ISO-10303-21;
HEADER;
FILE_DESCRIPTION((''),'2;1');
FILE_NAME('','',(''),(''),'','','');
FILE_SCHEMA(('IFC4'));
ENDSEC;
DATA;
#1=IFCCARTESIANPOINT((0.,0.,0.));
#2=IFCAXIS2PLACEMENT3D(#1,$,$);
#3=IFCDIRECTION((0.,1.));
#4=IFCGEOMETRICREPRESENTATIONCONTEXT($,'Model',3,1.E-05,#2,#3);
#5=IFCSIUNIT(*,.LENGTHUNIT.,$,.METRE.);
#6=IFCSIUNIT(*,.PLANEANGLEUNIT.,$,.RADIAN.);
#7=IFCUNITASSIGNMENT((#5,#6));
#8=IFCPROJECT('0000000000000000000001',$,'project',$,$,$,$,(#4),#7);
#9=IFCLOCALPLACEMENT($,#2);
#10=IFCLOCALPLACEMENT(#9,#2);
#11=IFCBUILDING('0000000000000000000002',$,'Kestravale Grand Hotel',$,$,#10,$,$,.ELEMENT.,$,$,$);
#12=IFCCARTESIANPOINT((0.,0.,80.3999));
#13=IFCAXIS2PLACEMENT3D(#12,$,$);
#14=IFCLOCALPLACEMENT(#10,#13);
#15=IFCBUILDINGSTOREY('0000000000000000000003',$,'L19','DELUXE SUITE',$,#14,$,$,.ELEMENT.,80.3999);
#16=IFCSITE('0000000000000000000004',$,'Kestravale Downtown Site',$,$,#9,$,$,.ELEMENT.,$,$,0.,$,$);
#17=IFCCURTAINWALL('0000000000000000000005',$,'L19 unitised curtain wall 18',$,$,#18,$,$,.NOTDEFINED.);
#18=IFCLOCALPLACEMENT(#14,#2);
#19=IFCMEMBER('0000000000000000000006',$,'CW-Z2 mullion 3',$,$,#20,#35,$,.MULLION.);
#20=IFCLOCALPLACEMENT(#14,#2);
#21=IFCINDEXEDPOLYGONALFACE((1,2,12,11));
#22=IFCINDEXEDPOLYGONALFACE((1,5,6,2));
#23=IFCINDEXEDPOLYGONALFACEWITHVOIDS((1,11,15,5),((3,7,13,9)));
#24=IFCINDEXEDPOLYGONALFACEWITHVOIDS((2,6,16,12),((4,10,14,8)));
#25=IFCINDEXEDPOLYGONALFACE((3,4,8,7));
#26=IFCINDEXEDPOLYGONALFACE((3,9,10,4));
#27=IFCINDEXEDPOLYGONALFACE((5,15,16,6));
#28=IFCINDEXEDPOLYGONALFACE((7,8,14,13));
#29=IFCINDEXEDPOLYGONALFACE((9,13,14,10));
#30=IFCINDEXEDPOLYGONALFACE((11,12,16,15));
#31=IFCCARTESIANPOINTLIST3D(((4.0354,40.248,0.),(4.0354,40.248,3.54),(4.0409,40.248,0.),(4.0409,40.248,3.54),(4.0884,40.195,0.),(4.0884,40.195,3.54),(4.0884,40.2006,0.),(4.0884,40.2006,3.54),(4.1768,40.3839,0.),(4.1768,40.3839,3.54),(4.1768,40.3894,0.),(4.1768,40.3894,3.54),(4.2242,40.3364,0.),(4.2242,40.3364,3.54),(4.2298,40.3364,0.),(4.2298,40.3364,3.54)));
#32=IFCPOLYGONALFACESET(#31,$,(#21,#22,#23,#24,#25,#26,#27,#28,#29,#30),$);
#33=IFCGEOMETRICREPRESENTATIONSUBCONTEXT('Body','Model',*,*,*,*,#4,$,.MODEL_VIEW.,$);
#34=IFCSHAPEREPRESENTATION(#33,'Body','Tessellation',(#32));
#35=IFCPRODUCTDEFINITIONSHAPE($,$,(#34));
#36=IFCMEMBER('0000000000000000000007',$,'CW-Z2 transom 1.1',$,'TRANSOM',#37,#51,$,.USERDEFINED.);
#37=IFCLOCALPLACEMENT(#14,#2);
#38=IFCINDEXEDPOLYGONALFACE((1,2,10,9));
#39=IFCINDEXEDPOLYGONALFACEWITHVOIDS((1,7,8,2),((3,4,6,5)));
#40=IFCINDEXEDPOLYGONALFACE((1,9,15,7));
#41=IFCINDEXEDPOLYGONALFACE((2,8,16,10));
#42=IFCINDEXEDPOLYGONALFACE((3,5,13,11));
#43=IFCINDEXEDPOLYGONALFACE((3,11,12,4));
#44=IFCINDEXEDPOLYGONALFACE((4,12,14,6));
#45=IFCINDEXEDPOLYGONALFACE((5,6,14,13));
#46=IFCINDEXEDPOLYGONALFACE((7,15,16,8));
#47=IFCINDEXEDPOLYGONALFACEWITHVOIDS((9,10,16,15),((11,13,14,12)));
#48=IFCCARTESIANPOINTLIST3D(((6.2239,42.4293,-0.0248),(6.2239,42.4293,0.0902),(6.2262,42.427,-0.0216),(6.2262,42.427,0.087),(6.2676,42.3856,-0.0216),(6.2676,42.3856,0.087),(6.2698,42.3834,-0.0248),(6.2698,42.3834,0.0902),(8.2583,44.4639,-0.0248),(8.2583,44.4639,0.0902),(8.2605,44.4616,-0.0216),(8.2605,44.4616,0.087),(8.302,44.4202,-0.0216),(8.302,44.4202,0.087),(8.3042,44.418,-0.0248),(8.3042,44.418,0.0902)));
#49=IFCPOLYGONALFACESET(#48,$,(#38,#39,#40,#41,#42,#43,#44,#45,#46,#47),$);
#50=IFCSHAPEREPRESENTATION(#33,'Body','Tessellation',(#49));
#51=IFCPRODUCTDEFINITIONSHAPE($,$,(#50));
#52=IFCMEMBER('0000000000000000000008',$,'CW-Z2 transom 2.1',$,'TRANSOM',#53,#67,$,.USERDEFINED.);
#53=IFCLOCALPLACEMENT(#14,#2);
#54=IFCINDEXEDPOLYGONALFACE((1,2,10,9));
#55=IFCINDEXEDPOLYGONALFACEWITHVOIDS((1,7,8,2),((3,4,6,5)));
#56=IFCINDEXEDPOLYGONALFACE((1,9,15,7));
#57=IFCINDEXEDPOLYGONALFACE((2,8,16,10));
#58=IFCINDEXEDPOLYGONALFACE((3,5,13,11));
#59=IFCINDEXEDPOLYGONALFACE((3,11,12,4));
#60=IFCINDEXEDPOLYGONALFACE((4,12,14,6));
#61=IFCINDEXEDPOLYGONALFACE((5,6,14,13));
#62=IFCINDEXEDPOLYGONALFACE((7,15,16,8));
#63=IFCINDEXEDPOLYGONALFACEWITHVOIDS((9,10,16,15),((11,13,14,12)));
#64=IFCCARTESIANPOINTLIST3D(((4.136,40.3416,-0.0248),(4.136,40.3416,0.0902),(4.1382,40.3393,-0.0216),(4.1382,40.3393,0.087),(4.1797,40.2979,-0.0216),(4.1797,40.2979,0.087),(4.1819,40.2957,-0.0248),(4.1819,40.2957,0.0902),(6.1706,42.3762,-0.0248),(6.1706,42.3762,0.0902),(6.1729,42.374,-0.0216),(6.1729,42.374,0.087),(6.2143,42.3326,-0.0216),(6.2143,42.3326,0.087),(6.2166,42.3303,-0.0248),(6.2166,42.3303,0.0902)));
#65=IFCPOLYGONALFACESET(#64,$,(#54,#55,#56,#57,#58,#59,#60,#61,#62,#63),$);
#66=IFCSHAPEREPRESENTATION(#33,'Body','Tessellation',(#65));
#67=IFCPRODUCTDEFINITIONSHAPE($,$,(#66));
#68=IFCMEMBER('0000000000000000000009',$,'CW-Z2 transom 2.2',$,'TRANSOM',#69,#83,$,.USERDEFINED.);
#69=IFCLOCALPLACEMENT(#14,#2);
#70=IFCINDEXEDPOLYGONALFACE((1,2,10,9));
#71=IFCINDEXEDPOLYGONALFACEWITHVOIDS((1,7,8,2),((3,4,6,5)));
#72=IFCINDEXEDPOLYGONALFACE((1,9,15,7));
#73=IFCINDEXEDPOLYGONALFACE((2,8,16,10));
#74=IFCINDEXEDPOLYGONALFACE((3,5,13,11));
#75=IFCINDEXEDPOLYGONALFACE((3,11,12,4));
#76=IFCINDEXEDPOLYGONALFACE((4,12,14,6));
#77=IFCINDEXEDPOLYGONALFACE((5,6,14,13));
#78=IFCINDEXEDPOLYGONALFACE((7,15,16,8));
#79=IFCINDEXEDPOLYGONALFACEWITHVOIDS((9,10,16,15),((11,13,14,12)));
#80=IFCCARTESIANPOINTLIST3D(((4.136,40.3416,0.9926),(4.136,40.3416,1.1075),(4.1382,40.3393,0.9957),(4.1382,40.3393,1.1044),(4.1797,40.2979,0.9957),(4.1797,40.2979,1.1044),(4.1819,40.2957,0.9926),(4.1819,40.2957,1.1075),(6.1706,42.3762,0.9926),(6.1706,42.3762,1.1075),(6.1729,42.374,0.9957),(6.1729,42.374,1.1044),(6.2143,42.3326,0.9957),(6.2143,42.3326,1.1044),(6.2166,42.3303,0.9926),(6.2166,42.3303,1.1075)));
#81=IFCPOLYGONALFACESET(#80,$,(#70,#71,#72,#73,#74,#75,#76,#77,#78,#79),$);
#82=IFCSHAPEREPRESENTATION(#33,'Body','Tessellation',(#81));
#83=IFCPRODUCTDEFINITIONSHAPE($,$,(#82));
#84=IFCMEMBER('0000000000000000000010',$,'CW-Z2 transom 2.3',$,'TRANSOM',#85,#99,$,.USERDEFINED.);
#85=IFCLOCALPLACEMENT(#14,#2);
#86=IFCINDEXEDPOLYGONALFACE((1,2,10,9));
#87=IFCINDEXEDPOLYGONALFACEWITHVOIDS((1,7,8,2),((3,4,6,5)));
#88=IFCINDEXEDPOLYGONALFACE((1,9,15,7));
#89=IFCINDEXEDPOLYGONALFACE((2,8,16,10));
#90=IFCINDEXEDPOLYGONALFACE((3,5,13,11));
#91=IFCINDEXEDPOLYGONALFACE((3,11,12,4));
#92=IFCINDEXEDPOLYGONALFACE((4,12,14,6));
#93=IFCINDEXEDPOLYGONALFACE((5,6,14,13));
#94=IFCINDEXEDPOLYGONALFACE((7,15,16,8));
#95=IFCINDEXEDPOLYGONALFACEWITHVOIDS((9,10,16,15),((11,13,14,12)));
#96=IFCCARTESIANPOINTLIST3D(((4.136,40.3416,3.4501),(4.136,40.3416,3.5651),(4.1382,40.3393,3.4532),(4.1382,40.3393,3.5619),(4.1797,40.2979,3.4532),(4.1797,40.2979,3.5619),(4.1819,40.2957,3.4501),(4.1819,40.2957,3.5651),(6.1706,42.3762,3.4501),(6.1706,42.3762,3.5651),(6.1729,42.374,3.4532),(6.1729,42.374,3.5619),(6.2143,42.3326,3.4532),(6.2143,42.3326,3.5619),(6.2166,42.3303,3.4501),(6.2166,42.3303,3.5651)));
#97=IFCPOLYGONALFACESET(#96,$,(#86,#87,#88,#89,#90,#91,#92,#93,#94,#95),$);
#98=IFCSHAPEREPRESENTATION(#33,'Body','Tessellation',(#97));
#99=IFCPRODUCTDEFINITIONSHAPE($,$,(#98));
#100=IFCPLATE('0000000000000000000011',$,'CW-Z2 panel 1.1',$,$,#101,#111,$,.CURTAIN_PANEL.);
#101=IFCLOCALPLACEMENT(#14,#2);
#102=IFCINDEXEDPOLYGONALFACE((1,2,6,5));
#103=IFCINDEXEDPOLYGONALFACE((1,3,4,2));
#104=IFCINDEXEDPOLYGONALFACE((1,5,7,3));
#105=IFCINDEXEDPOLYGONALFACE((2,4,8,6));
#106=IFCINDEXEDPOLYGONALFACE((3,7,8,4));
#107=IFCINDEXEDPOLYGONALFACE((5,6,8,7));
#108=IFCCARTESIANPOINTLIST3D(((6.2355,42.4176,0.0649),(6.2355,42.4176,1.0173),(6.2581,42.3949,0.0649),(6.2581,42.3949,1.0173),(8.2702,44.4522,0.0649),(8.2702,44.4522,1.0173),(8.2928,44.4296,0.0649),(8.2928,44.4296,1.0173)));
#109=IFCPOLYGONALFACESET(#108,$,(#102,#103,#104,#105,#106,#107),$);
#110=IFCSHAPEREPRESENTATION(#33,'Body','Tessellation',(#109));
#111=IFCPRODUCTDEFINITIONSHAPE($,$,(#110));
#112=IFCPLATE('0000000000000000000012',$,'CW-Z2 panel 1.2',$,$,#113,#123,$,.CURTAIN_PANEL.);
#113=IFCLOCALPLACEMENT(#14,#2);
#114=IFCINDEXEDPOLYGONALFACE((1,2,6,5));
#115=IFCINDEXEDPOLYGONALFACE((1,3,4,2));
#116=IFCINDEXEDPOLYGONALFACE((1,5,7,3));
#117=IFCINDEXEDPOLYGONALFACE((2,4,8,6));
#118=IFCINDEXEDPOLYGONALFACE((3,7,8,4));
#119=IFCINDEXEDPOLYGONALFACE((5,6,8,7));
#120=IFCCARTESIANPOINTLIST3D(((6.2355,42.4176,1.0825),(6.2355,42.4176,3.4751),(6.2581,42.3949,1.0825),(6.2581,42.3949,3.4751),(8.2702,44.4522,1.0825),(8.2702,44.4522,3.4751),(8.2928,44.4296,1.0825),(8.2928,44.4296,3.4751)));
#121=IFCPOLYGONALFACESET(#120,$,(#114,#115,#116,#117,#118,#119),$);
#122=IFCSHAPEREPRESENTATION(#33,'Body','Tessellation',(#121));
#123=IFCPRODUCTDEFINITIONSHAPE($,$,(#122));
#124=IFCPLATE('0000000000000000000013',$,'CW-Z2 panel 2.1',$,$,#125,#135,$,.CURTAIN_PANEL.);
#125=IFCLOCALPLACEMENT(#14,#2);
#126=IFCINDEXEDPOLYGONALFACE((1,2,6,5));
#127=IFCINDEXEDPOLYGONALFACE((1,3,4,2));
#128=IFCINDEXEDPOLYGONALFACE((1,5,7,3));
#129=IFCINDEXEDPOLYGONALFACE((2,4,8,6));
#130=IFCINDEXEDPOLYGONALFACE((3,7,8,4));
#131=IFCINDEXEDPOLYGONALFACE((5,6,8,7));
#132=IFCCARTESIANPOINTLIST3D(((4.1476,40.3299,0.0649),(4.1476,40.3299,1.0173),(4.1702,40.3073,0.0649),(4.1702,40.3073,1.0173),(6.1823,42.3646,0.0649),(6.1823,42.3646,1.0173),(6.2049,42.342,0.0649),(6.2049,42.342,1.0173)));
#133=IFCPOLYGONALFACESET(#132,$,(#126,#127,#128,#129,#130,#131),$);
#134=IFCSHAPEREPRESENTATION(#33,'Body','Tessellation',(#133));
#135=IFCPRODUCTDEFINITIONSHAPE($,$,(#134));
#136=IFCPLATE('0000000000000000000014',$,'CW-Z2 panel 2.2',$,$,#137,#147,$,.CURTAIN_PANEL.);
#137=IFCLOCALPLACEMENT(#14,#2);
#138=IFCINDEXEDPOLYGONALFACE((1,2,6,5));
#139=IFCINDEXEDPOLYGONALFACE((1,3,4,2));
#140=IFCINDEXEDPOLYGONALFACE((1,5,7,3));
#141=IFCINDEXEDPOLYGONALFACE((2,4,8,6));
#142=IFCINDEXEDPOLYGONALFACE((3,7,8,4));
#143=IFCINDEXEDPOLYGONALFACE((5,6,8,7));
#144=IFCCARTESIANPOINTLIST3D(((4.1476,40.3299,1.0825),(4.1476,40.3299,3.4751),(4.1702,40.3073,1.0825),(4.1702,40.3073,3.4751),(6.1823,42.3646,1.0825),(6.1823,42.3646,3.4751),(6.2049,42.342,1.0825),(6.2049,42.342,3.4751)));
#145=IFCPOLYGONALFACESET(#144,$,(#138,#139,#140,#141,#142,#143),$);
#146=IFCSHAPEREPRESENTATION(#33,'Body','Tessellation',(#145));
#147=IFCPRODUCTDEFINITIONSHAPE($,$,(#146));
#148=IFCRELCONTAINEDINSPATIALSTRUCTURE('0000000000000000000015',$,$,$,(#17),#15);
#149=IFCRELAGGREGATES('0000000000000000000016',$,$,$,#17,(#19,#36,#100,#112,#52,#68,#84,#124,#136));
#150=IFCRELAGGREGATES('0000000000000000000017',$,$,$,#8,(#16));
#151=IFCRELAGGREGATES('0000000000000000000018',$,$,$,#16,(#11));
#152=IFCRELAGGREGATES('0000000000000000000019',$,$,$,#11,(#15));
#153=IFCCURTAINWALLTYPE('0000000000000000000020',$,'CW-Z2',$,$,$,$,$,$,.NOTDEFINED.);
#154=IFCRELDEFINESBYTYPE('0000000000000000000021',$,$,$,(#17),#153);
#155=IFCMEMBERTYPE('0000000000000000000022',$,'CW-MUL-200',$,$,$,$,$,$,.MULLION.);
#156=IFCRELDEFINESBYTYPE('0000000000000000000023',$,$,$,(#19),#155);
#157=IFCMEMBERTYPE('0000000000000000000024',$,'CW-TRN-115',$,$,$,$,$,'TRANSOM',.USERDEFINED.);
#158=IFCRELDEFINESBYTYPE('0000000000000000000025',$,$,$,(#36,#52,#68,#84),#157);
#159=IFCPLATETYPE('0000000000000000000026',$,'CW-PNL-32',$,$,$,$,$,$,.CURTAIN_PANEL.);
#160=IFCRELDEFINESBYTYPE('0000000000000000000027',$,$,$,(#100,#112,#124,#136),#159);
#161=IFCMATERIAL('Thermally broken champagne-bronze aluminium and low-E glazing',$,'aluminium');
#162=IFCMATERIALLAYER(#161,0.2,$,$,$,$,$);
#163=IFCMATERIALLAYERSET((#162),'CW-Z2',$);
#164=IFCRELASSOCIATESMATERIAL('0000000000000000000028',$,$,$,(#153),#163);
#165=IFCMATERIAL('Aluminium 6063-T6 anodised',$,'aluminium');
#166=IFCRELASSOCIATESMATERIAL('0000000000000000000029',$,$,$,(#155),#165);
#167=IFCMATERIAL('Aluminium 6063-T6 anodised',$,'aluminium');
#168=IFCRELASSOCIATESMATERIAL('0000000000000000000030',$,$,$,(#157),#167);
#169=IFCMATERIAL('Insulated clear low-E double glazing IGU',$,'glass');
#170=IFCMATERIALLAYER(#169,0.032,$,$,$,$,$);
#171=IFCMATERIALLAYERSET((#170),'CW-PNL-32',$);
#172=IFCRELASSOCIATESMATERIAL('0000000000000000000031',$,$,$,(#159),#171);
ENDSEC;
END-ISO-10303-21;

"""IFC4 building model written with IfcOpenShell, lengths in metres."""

from ifc_helpers import new_model, si_unit, direction, frame, origin, origin_2d, place, context, subcontext, project, spatial, rectangle, hollow_rectangle, extrude, material, layer, layer_set, material_profile, profile_set, type_object, element, aggregate, save


model = new_model("IFC4")

# Units and contexts
model_context = context("Model", 3, precision=1e-05, world=origin(), true_north=direction((0.0, 1.0)))
body_context = subcontext(model_context, "Body", "Model", "MODEL_VIEW")
ifc_project = project(units=[si_unit("LENGTHUNIT", "METRE"), si_unit("PLANEANGLEUNIT", "RADIAN")], contexts=[model_context])

# Site, building, storey
site_placement = place(None, origin())
site = spatial("IfcSite", under=ifc_project, at=site_placement, Name="Kestravale Downtown Site", CompositionType="ELEMENT", RefElevation=0.0)
building_placement = place(site_placement, origin())
building = spatial("IfcBuilding", under=site, at=building_placement, Name="Kestravale Grand Hotel", CompositionType="ELEMENT")
storey_placement = place(building_placement, frame((0.0, 0.0, 80.3999)))
storey = spatial("IfcBuildingStorey", under=building, at=storey_placement, Name="L19", Description="DELUXE SUITE", CompositionType="ELEMENT", Elevation=80.3999)

# Curtain wall, members, plates
ifc_material_1 = material(Name="Thermally broken champagne-bronze aluminium and low-E glazing", Category="aluminium")
ifc_layer_1 = layer(ifc_material_1, 0.2)
ifc_layer_set_1 = layer_set([ifc_layer_1], Name="CW-Z2")
curtain_wall_type = type_object("IfcCurtainWallType", Name="CW-Z2", PredefinedType="NOTDEFINED", material=ifc_layer_set_1)
curtain_wall_placement = place(storey_placement, origin())
curtain_wall = element("IfcCurtainWall", 1, at=curtain_wall_placement, inside=storey, type_object=curtain_wall_type, Name="L19 unitised curtain wall 18", PredefinedType="NOTDEFINED")
ifc_material_2 = material(Name="Aluminium 6063-T6 anodised", Category="aluminium")
ifc_material_profile_1 = material_profile(ifc_material_2, hollow_rectangle(XDim=0.075, YDim=0.2, WallThickness=0.0039, at=origin_2d()))
ifc_profile_set_1 = profile_set([ifc_material_profile_1], Name="Aluminium 6063-T6 anodised")
member_type_1 = type_object("IfcMemberType", Name="CW-MUL-200", PredefinedType="MULLION", material=ifc_profile_set_1)
member_1_placement = place(storey_placement, frame((4.1326, 40.2922, 0.0), z_axis=(0.0, 0.0, 1.0), x_axis=(0.707107, -0.707107, 0.0)))
member_1 = element("IfcMember", 2, at=member_1_placement, type_object=member_type_1, Name="CW-Z2 mullion 3", PredefinedType="MULLION", context=body_context, shape_type="SweptSolid", body=[
    extrude(hollow_rectangle(XDim=0.075, YDim=0.2, WallThickness=0.0039, at=origin_2d()), origin(), (0.0, 0.0, 1.0), 3.54),
])
ifc_material_3 = material(Name="Aluminium 6063-T6 anodised", Category="aluminium")
ifc_material_profile_2 = material_profile(ifc_material_3, hollow_rectangle(XDim=0.0649, YDim=0.115, WallThickness=0.0032, at=origin_2d()))
ifc_profile_set_2 = profile_set([ifc_material_profile_2], Name="Aluminium 6063-T6 anodised")
member_type_2 = type_object("IfcMemberType", Name="CW-TRN-115", ElementType="TRANSOM", PredefinedType="USERDEFINED", material=ifc_profile_set_2)
member_2_placement = place(storey_placement, frame((8.2812, 44.4409, 0.0327), z_axis=(-0.707064, -0.707149, 0.0), x_axis=(0.707149, -0.707064, 0.0)))
member_2 = element("IfcMember", 3, at=member_2_placement, type_object=member_type_2, Name="CW-Z2 transom 1.1", ObjectType="TRANSOM", PredefinedType="USERDEFINED", context=body_context, shape_type="SweptSolid", body=[
    extrude(hollow_rectangle(XDim=0.0649, YDim=0.115, WallThickness=0.0032, at=origin_2d()), origin(), (0.0, 0.0, 1.0), 2.8772),
])
member_3_placement = place(storey_placement, frame((6.1936, 42.3533, 0.0327), z_axis=(-0.707107, -0.707107, 0.0), x_axis=(0.707107, -0.707107, 0.0)))
member_3 = element("IfcMember", 4, at=member_3_placement, type_object=member_type_2, Name="CW-Z2 transom 2.1", ObjectType="TRANSOM", PredefinedType="USERDEFINED", context=body_context, shape_type="SweptSolid", body=[
    extrude(hollow_rectangle(XDim=0.0649, YDim=0.115, WallThickness=0.0032, at=origin_2d()), origin(), (0.0, 0.0, 1.0), 2.8774),
])
member_4_placement = place(storey_placement, frame((6.1936, 42.3533, 1.05), z_axis=(-0.707107, -0.707107, 0.0), x_axis=(0.707107, -0.707107, 0.0)))
member_4 = element("IfcMember", 5, at=member_4_placement, type_object=member_type_2, Name="CW-Z2 transom 2.2", ObjectType="TRANSOM", PredefinedType="USERDEFINED", context=body_context, shape_type="SweptSolid", body=[
    extrude(hollow_rectangle(XDim=0.0649, YDim=0.115, WallThickness=0.0032, at=origin_2d()), origin(), (0.0, 0.0, 1.0), 2.8774),
])
member_5_placement = place(storey_placement, frame((6.1936, 42.3533, 3.5076), z_axis=(-0.707107, -0.707107, 0.0), x_axis=(0.707107, -0.707107, 0.0)))
member_5 = element("IfcMember", 6, at=member_5_placement, type_object=member_type_2, Name="CW-Z2 transom 2.3", ObjectType="TRANSOM", PredefinedType="USERDEFINED", context=body_context, shape_type="SweptSolid", body=[
    extrude(hollow_rectangle(XDim=0.0649, YDim=0.115, WallThickness=0.0032, at=origin_2d()), origin(), (0.0, 0.0, 1.0), 2.8774),
])
ifc_material_4 = material(Name="Insulated clear low-E double glazing IGU", Category="glass")
ifc_layer_2 = layer(ifc_material_4, 0.032)
ifc_layer_set_2 = layer_set([ifc_layer_2], Name="CW-PNL-32")
plate_type = type_object("IfcPlateType", Name="CW-PNL-32", PredefinedType="CURTAIN_PANEL", material=ifc_layer_set_2)
plate_1_placement = place(storey_placement, frame((7.2642, 43.4236, 0.0649), z_axis=(0.0, 0.0, 1.0), x_axis=(-0.707107, -0.707107, 0.0)))
plate_1 = element("IfcPlate", 7, at=plate_1_placement, type_object=plate_type, Name="CW-Z2 panel 1.1", PredefinedType="CURTAIN_PANEL", context=body_context, shape_type="SweptSolid", body=[
    extrude(rectangle(XDim=2.8774, YDim=0.032, at=origin_2d()), origin(), (0.0, 0.0, 1.0), 0.9524),
])
plate_2_placement = place(storey_placement, frame((7.2642, 43.4236, 1.0825), z_axis=(0.0, 0.0, 1.0), x_axis=(-0.707107, -0.707107, 0.0)))
plate_2 = element("IfcPlate", 8, at=plate_2_placement, type_object=plate_type, Name="CW-Z2 panel 1.2", PredefinedType="CURTAIN_PANEL", context=body_context, shape_type="SweptSolid", body=[
    extrude(rectangle(XDim=2.8774, YDim=0.032, at=origin_2d()), origin(), (0.0, 0.0, 1.0), 2.3926),
])
plate_3_placement = place(storey_placement, frame((5.1763, 41.3359, 0.0649), z_axis=(0.0, 0.0, 1.0), x_axis=(-0.707107, -0.707107, 0.0)))
plate_3 = element("IfcPlate", 9, at=plate_3_placement, type_object=plate_type, Name="CW-Z2 panel 2.1", PredefinedType="CURTAIN_PANEL", context=body_context, shape_type="SweptSolid", body=[
    extrude(rectangle(XDim=2.8774, YDim=0.032, at=origin_2d()), origin(), (0.0, 0.0, 1.0), 0.9524),
])
plate_4_placement = place(storey_placement, frame((5.1763, 41.3359, 1.0825), z_axis=(0.0, 0.0, 1.0), x_axis=(-0.707107, -0.707107, 0.0)))
plate_4 = element("IfcPlate", 10, at=plate_4_placement, type_object=plate_type, Name="CW-Z2 panel 2.2", PredefinedType="CURTAIN_PANEL", context=body_context, shape_type="SweptSolid", body=[
    extrude(rectangle(XDim=2.8774, YDim=0.032, at=origin_2d()), origin(), (0.0, 0.0, 1.0), 2.3926),
])
aggregate(curtain_wall, [member_1, member_2, plate_1, plate_2, member_3, member_4, member_5, plate_3, plate_4])

save(model, "model.ifc")
